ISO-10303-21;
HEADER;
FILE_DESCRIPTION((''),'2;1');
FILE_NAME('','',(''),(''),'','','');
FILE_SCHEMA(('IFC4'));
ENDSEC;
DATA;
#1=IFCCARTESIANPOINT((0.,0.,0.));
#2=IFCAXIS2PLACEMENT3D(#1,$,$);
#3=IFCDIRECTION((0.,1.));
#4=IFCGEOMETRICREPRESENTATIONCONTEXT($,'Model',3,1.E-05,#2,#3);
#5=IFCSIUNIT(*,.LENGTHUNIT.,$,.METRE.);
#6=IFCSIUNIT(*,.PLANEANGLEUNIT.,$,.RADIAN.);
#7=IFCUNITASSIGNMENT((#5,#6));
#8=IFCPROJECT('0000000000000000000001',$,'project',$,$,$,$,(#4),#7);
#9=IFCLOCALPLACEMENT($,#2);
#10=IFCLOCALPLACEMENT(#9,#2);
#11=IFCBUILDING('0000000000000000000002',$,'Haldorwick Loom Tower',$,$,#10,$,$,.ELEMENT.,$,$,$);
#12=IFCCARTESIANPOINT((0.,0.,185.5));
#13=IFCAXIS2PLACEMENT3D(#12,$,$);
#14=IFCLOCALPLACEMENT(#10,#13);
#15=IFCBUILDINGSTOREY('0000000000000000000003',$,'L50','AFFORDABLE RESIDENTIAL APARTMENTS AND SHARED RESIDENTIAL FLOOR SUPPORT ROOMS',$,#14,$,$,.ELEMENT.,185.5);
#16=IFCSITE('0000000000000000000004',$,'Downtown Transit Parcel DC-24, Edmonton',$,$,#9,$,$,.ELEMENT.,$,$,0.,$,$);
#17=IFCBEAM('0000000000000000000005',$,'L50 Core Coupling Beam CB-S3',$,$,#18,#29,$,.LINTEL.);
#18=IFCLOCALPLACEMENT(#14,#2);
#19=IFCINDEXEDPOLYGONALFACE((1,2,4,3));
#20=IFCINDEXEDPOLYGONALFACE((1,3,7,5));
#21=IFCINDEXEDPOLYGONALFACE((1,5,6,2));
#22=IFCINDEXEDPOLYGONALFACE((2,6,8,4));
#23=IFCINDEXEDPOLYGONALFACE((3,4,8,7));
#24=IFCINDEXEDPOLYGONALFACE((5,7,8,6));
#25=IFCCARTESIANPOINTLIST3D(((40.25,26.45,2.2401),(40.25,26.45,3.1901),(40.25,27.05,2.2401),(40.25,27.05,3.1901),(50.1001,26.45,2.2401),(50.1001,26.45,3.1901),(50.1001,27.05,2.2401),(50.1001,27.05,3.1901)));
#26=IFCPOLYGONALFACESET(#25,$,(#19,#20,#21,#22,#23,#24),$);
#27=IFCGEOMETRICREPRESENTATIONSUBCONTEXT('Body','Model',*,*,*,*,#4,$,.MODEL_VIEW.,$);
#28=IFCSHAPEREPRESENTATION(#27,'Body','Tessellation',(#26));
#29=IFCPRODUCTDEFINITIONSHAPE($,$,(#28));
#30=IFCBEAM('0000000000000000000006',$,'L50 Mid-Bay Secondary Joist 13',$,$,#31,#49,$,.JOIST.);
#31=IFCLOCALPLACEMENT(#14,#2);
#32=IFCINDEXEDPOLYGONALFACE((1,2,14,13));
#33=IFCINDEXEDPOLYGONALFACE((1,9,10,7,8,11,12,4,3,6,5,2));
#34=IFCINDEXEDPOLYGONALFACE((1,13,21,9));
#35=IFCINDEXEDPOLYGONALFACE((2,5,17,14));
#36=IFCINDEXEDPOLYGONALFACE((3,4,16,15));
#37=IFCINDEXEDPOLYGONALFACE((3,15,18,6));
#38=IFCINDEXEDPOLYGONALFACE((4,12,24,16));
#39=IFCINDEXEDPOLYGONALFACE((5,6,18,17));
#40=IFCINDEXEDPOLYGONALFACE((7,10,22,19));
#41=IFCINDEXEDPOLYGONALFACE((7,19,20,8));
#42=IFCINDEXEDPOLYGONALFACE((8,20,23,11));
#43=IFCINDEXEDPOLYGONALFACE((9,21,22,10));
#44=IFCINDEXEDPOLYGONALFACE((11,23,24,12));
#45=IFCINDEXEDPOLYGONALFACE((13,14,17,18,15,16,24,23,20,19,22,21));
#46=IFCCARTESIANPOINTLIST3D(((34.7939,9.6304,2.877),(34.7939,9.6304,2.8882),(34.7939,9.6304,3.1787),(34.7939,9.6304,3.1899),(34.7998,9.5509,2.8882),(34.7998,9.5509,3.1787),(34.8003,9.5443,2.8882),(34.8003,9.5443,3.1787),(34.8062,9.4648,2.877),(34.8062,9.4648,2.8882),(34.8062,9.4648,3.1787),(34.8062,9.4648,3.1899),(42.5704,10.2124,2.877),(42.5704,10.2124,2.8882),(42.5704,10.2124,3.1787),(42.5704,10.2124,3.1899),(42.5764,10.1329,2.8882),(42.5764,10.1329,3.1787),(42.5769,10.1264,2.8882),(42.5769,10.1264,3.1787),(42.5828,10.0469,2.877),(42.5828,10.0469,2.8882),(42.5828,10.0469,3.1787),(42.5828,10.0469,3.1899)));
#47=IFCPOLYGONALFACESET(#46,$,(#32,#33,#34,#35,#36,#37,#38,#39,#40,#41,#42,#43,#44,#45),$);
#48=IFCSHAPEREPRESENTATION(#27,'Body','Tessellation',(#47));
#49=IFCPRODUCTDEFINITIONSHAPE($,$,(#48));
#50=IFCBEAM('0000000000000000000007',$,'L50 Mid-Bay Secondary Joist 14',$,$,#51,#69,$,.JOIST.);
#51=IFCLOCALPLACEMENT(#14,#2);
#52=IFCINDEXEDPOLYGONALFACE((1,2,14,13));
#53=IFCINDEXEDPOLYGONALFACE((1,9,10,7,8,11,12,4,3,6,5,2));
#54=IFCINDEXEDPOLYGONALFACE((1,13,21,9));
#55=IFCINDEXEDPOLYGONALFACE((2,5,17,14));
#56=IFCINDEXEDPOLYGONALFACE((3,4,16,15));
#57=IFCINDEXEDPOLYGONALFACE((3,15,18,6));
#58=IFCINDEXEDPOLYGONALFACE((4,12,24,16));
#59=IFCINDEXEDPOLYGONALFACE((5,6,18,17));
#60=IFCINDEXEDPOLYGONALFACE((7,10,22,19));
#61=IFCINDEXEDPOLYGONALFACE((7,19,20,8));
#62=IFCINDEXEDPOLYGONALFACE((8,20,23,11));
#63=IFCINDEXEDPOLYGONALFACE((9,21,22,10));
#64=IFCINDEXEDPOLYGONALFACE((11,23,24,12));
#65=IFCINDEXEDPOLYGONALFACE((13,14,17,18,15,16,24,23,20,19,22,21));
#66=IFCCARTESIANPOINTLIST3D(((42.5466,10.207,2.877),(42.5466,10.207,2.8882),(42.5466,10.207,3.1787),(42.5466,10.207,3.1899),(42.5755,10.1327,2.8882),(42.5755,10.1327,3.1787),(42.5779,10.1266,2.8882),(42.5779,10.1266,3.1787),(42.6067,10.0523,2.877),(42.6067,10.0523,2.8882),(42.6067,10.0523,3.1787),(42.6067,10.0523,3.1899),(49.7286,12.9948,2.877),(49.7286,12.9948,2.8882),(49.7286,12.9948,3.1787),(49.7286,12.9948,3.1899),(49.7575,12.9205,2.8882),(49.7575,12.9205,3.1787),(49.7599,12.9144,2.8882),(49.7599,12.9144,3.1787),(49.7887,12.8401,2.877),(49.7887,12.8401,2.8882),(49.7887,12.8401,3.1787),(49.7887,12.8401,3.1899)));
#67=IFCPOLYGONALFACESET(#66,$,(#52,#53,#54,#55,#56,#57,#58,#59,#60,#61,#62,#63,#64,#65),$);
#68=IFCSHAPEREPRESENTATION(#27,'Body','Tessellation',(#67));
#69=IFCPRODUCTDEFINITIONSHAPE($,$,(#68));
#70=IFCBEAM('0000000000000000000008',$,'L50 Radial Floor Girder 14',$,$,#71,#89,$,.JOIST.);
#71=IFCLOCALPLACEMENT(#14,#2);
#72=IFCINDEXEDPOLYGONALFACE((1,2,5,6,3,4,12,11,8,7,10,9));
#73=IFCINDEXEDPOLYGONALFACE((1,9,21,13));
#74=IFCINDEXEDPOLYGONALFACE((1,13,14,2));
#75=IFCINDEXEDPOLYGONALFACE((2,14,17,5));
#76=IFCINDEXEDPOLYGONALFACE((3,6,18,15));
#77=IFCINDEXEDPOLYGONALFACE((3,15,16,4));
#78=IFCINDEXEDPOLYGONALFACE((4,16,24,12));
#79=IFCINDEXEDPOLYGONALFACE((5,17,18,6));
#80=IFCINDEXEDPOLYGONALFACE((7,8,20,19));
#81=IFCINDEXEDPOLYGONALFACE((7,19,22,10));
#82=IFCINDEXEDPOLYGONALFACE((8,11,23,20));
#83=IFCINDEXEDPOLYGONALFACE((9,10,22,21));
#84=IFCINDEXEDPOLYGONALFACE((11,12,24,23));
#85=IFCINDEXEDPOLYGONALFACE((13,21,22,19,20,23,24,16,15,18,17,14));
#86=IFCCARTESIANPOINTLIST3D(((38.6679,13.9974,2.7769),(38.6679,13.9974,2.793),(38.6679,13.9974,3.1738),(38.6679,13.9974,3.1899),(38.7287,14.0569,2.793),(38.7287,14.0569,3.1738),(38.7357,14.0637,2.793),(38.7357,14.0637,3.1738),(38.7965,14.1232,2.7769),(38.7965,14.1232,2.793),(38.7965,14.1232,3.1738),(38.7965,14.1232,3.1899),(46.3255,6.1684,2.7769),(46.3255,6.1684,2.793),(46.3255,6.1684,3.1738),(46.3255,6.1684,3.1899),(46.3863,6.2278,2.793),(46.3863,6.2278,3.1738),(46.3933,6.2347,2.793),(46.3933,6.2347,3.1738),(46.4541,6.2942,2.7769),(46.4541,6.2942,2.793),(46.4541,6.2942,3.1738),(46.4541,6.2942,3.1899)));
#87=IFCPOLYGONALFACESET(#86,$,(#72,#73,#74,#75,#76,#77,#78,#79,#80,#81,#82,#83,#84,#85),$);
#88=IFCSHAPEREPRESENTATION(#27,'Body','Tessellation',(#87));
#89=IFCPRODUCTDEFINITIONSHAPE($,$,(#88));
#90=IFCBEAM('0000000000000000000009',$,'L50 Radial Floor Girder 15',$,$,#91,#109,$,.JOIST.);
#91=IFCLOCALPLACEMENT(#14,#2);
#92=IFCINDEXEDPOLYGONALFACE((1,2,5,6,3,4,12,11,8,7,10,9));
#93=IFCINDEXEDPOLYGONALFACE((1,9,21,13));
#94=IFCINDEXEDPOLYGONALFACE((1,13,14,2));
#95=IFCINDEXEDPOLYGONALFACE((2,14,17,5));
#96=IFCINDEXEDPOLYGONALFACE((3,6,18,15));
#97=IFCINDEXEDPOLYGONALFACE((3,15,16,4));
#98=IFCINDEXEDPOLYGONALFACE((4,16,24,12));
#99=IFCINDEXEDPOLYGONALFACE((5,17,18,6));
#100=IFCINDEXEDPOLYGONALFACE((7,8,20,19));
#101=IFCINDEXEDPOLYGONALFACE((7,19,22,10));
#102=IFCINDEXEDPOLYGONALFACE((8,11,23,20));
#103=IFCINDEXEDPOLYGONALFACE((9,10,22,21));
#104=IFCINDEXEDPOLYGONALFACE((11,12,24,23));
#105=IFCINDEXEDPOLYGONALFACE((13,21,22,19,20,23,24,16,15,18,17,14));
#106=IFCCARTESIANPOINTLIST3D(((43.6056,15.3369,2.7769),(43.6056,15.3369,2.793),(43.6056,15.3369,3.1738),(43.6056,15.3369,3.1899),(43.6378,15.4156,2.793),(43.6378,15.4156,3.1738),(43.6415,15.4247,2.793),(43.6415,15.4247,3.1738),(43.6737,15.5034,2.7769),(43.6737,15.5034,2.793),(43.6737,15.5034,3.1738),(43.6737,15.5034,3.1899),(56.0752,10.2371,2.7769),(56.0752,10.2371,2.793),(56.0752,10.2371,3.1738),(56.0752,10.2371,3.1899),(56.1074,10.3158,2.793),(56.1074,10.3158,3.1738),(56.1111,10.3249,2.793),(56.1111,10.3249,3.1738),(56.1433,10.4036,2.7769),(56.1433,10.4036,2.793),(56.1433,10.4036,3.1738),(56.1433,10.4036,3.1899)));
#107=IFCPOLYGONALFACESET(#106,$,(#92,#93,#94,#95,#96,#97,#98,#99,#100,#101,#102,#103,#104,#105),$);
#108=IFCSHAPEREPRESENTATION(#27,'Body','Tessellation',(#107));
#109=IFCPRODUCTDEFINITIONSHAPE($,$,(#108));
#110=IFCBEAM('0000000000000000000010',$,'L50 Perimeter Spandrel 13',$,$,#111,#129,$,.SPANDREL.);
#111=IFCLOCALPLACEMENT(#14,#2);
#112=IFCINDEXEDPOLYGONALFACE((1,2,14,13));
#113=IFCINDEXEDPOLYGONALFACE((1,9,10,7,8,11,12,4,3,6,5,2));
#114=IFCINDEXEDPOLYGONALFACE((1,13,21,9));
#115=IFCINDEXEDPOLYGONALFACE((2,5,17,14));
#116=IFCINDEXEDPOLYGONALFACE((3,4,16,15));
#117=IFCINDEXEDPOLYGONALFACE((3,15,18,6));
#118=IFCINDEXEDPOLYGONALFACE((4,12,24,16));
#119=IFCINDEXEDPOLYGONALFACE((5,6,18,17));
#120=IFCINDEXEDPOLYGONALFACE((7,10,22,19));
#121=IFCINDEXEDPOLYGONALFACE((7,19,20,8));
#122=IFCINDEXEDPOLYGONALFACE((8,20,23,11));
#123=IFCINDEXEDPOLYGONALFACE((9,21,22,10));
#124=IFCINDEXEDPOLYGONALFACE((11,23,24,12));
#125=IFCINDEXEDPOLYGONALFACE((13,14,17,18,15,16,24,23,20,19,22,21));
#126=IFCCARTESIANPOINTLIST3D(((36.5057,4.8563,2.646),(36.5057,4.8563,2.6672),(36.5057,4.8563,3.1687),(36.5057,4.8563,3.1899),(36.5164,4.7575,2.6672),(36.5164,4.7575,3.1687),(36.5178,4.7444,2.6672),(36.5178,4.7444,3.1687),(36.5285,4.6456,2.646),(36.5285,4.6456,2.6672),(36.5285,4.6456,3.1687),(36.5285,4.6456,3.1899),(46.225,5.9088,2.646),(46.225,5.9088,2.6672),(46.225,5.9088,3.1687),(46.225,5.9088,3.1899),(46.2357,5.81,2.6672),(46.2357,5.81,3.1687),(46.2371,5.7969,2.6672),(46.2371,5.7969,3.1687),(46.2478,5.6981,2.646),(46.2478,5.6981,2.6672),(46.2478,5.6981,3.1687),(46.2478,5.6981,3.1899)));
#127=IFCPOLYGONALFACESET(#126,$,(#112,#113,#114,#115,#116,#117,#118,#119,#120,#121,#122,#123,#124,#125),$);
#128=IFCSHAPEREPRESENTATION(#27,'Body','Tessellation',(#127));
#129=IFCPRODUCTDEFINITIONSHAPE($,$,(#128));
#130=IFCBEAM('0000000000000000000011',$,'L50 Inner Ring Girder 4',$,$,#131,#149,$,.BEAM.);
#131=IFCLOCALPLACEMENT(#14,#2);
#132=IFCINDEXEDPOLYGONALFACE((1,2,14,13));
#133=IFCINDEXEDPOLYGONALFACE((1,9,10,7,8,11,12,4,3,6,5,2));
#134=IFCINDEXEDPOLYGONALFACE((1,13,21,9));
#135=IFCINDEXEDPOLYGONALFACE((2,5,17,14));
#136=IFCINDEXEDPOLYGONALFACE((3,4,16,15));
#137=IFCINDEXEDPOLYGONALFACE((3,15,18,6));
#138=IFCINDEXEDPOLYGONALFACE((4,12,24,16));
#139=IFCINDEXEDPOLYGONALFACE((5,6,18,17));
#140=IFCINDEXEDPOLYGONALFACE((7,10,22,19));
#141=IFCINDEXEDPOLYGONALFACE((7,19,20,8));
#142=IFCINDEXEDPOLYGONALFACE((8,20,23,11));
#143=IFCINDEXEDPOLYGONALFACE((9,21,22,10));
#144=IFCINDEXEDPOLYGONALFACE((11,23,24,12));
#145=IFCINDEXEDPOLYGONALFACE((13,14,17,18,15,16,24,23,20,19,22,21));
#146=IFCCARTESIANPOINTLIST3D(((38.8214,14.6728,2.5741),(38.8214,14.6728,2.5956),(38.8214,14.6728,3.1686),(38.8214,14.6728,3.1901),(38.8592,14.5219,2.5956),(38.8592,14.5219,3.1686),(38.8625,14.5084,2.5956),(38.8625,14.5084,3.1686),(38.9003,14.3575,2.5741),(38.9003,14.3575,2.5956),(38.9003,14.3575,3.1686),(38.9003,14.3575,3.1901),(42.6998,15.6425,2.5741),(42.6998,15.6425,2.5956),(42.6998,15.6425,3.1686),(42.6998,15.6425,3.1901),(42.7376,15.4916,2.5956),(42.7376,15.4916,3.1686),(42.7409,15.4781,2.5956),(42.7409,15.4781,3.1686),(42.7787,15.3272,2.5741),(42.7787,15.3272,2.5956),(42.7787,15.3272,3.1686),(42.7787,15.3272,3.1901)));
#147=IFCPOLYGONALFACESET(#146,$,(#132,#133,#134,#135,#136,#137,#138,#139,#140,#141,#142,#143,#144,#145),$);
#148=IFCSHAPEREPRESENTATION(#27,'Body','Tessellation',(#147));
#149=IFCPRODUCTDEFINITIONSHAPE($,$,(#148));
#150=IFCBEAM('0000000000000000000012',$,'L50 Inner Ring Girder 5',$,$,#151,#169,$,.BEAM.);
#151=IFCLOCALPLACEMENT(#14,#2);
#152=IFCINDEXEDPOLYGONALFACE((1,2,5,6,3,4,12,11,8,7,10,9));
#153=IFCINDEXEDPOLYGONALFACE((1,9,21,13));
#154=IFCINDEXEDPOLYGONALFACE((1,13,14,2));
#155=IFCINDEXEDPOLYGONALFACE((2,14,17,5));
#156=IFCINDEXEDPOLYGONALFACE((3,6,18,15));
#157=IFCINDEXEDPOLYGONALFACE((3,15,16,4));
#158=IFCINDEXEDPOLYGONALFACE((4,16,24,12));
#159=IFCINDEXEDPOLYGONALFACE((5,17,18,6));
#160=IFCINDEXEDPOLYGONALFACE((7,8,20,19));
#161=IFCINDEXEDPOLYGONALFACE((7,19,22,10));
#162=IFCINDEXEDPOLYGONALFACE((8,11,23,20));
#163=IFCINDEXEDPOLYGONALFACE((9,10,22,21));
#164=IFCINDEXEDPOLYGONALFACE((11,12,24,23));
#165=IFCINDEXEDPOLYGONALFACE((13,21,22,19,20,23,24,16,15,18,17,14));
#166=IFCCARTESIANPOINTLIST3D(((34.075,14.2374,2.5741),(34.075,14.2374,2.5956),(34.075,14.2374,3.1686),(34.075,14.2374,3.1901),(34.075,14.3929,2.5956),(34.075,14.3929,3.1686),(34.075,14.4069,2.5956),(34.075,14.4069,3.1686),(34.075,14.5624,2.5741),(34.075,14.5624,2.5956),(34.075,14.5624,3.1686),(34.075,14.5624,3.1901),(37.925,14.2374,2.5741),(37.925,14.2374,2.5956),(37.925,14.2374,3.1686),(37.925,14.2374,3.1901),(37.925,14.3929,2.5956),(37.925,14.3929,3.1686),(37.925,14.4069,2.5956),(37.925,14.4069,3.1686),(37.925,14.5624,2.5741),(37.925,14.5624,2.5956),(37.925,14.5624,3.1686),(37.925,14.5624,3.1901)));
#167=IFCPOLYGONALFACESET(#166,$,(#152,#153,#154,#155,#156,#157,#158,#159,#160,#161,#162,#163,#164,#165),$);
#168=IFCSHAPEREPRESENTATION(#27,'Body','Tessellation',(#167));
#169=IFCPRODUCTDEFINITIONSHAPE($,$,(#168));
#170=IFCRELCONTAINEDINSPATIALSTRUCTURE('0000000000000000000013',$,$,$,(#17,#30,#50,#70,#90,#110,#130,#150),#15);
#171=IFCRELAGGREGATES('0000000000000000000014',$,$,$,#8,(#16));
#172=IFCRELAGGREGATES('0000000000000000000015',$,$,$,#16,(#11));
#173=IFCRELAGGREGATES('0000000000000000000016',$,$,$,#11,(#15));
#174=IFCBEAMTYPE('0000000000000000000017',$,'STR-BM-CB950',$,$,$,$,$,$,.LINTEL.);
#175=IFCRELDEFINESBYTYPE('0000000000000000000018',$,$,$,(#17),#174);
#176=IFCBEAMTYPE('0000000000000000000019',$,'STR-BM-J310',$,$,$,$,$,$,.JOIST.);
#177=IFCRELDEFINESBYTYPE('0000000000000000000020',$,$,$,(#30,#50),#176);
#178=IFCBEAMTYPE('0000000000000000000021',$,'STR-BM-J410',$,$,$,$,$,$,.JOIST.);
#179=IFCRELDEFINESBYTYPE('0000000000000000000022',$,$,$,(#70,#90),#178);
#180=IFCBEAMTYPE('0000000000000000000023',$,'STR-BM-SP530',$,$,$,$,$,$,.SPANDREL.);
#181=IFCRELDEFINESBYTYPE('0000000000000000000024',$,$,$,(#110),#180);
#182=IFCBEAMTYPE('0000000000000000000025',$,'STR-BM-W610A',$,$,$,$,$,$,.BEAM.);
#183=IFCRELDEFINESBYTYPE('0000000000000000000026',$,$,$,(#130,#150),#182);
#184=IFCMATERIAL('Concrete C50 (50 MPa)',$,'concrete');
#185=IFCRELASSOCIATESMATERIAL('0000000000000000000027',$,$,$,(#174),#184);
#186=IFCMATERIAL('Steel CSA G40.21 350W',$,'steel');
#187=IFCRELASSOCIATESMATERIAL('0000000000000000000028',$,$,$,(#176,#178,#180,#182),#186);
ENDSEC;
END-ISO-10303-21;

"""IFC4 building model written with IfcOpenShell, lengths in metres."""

from ifc_helpers import new_model, si_unit, direction, frame, origin, origin_2d, place, context, subcontext, project, spatial, rectangle, i_section, extrude, material, material_profile, profile_set, type_object, element, save


model = new_model("IFC4")

# Units and contexts
model_context = context("Model", 3, precision=1e-05, world=origin(), true_north=direction((0.0, 1.0)))
body_context = subcontext(model_context, "Body", "Model", "MODEL_VIEW")
ifc_project = project(units=[si_unit("LENGTHUNIT", "METRE"), si_unit("PLANEANGLEUNIT", "RADIAN")], contexts=[model_context])

# Site, building, storey
site_placement = place(None, origin())
site = spatial("IfcSite", under=ifc_project, at=site_placement, Name="Downtown Transit Parcel DC-24, Edmonton", CompositionType="ELEMENT", RefElevation=0.0)
building_placement = place(site_placement, origin())
building = spatial("IfcBuilding", under=site, at=building_placement, Name="Haldorwick Loom Tower", CompositionType="ELEMENT")
storey_placement = place(building_placement, frame((0.0, 0.0, 185.5)))
storey = spatial("IfcBuildingStorey", under=building, at=storey_placement, Name="L50", Description="AFFORDABLE RESIDENTIAL APARTMENTS AND SHARED RESIDENTIAL FLOOR SUPPORT ROOMS", CompositionType="ELEMENT", Elevation=185.5)

# Shared definitions
ifc_material_1 = material(Name="Steel CSA G40.21 350W", Category="steel")

# Beams
ifc_material_2 = material(Name="Concrete C50 (50 MPa)", Category="concrete")
ifc_material_profile_1 = material_profile(ifc_material_2, rectangle(XDim=0.6001, YDim=0.95, at=origin_2d()), Name="RC600X950", Category="concrete")
ifc_profile_set_1 = profile_set([ifc_material_profile_1], Name="Concrete C50 (50 MPa)")
beam_type_1 = type_object("IfcBeamType", Name="STR-BM-CB950", PredefinedType="LINTEL", material=ifc_profile_set_1)
beam_1_placement = place(storey_placement, frame((40.25, 26.75, 2.7151), z_axis=(1.0, 0.0, 0.0), x_axis=(0.0, 1.0, 0.0)))
element("IfcBeam", 1, at=beam_1_placement, inside=storey, type_object=beam_type_1, Name="L50 Core Coupling Beam CB-S3", PredefinedType="LINTEL", context=body_context, shape_type="SweptSolid", body=[
    extrude(rectangle(XDim=0.6001, YDim=0.95, at=origin_2d()), origin(), (0.0, 0.0, 1.0), 9.8501),
])
ifc_material_profile_2 = material_profile(ifc_material_1, i_section(OverallWidth=0.166, OverallDepth=0.313, WebThickness=0.0066, FlangeThickness=0.0112, at=origin_2d()), Name="W310X45", Category="steel")
ifc_profile_set_2 = profile_set([ifc_material_profile_2], Name="Steel CSA G40.21 350W")
beam_type_2 = type_object("IfcBeamType", Name="STR-BM-J310", PredefinedType="JOIST", material=ifc_profile_set_2)
beam_2_placement = place(storey_placement, frame((34.8, 9.5476, 3.0334), z_axis=(0.997211, 0.074635, 0.0), x_axis=(-0.074635, 0.997211, 0.0)))
element("IfcBeam", 2, at=beam_2_placement, inside=storey, type_object=beam_type_2, Name="L50 Mid-Bay Secondary Joist 13", PredefinedType="JOIST", context=body_context, shape_type="SweptSolid", body=[
    extrude(i_section(OverallWidth=0.166, OverallDepth=0.313, WebThickness=0.0066, FlangeThickness=0.0112, at=origin_2d()), origin(), (0.0, 0.0, 1.0), 7.7983),
])
beam_3_placement = place(storey_placement, frame((42.5767, 10.1296, 3.0334), z_axis=(0.932233, 0.361859, 0.0), x_axis=(-0.361859, 0.932233, 0.0)))
element("IfcBeam", 3, at=beam_3_placement, inside=storey, type_object=beam_type_2, Name="L50 Mid-Bay Secondary Joist 14", PredefinedType="JOIST", context=body_context, shape_type="SweptSolid", body=[
    extrude(i_section(OverallWidth=0.166, OverallDepth=0.313, WebThickness=0.0066, FlangeThickness=0.0112, at=origin_2d()), origin(), (0.0, 0.0, 1.0), 7.7041),
])
ifc_material_profile_3 = material_profile(ifc_material_1, i_section(OverallWidth=0.1799, OverallDepth=0.4131, WebThickness=0.0098, FlangeThickness=0.0161, at=origin_2d()), Name="W410X74", Category="steel")
ifc_profile_set_3 = profile_set([ifc_material_profile_3], Name="Steel CSA G40.21 350W")
beam_type_3 = type_object("IfcBeamType", Name="STR-BM-J410", PredefinedType="JOIST", material=ifc_profile_set_3)
beam_4_placement = place(storey_placement, frame((38.7322, 14.0603, 2.9834), z_axis=(0.699239, -0.714888, 0.0), x_axis=(0.714888, 0.699239, 0.0)))
element("IfcBeam", 4, at=beam_4_placement, inside=storey, type_object=beam_type_3, Name="L50 Radial Floor Girder 14", PredefinedType="JOIST", context=body_context, shape_type="SweptSolid", body=[
    extrude(i_section(OverallWidth=0.1799, OverallDepth=0.4131, WebThickness=0.0098, FlangeThickness=0.0161, at=origin_2d()), origin(), (0.0, 0.0, 1.0), 10.9514),
])
beam_5_placement = place(storey_placement, frame((43.6396, 15.4202, 2.9834), z_axis=(0.925583, -0.378544, 0.0), x_axis=(0.378544, 0.925583, 0.0)))
element("IfcBeam", 5, at=beam_5_placement, inside=storey, type_object=beam_type_3, Name="L50 Radial Floor Girder 15", PredefinedType="JOIST", context=body_context, shape_type="SweptSolid", body=[
    extrude(i_section(OverallWidth=0.1799, OverallDepth=0.4131, WebThickness=0.0098, FlangeThickness=0.0161, at=origin_2d()), origin(), (0.0, 0.0, 1.0), 13.4722),
])
ifc_material_profile_4 = material_profile(ifc_material_1, i_section(OverallWidth=0.2119, OverallDepth=0.5439, WebThickness=0.0132, FlangeThickness=0.0212, at=origin_2d()), Name="W530X123", Category="steel")
ifc_profile_set_4 = profile_set([ifc_material_profile_4], Name="Steel CSA G40.21 350W")
beam_type_4 = type_object("IfcBeamType", Name="STR-BM-SP530", PredefinedType="SPANDREL", material=ifc_profile_set_4)
beam_6_placement = place(storey_placement, frame((36.5171, 4.751, 2.918), z_axis=(0.994188, 0.10766, 0.0), x_axis=(-0.10766, 0.994188, 0.0)))
element("IfcBeam", 6, at=beam_6_placement, inside=storey, type_object=beam_type_4, Name="L50 Perimeter Spandrel 13", PredefinedType="SPANDREL", context=body_context, shape_type="SweptSolid", body=[
    extrude(i_section(OverallWidth=0.2119, OverallDepth=0.5439, WebThickness=0.0132, FlangeThickness=0.0212, at=origin_2d()), origin(), (0.0, 0.0, 1.0), 9.7761),
])
ifc_material_profile_5 = material_profile(ifc_material_1, i_section(OverallWidth=0.325, OverallDepth=0.616, WebThickness=0.0139, FlangeThickness=0.0215, at=origin_2d()), Name="W610X174", Category="steel")
ifc_profile_set_5 = profile_set([ifc_material_profile_5], Name="Steel CSA G40.21 350W")
beam_type_5 = type_object("IfcBeamType", Name="STR-BM-W610A", PredefinedType="BEAM", material=ifc_profile_set_5)
beam_7_placement = place(storey_placement, frame((42.7393, 15.4849, 2.8821), z_axis=(-0.970135, -0.242564, 0.0), x_axis=(0.242564, -0.970135, 0.0)))
element("IfcBeam", 7, at=beam_7_placement, inside=storey, type_object=beam_type_5, Name="L50 Inner Ring Girder 4", PredefinedType="BEAM", context=body_context, shape_type="SweptSolid", body=[
    extrude(i_section(OverallWidth=0.325, OverallDepth=0.616, WebThickness=0.0139, FlangeThickness=0.0215, at=origin_2d()), origin(), (0.0, 0.0, 1.0), 3.9978),
])
beam_8_placement = place(storey_placement, frame((37.925, 14.3999, 2.8821), z_axis=(-1.0, 0.0, 0.0), x_axis=(0.0, -1.0, 0.0)))
element("IfcBeam", 8, at=beam_8_placement, inside=storey, type_object=beam_type_5, Name="L50 Inner Ring Girder 5", PredefinedType="BEAM", context=body_context, shape_type="SweptSolid", body=[
    extrude(i_section(OverallWidth=0.325, OverallDepth=0.616, WebThickness=0.0139, FlangeThickness=0.0215, at=origin_2d()), origin(), (0.0, 0.0, 1.0), 3.8501),
])

save(model, "model.ifc")
